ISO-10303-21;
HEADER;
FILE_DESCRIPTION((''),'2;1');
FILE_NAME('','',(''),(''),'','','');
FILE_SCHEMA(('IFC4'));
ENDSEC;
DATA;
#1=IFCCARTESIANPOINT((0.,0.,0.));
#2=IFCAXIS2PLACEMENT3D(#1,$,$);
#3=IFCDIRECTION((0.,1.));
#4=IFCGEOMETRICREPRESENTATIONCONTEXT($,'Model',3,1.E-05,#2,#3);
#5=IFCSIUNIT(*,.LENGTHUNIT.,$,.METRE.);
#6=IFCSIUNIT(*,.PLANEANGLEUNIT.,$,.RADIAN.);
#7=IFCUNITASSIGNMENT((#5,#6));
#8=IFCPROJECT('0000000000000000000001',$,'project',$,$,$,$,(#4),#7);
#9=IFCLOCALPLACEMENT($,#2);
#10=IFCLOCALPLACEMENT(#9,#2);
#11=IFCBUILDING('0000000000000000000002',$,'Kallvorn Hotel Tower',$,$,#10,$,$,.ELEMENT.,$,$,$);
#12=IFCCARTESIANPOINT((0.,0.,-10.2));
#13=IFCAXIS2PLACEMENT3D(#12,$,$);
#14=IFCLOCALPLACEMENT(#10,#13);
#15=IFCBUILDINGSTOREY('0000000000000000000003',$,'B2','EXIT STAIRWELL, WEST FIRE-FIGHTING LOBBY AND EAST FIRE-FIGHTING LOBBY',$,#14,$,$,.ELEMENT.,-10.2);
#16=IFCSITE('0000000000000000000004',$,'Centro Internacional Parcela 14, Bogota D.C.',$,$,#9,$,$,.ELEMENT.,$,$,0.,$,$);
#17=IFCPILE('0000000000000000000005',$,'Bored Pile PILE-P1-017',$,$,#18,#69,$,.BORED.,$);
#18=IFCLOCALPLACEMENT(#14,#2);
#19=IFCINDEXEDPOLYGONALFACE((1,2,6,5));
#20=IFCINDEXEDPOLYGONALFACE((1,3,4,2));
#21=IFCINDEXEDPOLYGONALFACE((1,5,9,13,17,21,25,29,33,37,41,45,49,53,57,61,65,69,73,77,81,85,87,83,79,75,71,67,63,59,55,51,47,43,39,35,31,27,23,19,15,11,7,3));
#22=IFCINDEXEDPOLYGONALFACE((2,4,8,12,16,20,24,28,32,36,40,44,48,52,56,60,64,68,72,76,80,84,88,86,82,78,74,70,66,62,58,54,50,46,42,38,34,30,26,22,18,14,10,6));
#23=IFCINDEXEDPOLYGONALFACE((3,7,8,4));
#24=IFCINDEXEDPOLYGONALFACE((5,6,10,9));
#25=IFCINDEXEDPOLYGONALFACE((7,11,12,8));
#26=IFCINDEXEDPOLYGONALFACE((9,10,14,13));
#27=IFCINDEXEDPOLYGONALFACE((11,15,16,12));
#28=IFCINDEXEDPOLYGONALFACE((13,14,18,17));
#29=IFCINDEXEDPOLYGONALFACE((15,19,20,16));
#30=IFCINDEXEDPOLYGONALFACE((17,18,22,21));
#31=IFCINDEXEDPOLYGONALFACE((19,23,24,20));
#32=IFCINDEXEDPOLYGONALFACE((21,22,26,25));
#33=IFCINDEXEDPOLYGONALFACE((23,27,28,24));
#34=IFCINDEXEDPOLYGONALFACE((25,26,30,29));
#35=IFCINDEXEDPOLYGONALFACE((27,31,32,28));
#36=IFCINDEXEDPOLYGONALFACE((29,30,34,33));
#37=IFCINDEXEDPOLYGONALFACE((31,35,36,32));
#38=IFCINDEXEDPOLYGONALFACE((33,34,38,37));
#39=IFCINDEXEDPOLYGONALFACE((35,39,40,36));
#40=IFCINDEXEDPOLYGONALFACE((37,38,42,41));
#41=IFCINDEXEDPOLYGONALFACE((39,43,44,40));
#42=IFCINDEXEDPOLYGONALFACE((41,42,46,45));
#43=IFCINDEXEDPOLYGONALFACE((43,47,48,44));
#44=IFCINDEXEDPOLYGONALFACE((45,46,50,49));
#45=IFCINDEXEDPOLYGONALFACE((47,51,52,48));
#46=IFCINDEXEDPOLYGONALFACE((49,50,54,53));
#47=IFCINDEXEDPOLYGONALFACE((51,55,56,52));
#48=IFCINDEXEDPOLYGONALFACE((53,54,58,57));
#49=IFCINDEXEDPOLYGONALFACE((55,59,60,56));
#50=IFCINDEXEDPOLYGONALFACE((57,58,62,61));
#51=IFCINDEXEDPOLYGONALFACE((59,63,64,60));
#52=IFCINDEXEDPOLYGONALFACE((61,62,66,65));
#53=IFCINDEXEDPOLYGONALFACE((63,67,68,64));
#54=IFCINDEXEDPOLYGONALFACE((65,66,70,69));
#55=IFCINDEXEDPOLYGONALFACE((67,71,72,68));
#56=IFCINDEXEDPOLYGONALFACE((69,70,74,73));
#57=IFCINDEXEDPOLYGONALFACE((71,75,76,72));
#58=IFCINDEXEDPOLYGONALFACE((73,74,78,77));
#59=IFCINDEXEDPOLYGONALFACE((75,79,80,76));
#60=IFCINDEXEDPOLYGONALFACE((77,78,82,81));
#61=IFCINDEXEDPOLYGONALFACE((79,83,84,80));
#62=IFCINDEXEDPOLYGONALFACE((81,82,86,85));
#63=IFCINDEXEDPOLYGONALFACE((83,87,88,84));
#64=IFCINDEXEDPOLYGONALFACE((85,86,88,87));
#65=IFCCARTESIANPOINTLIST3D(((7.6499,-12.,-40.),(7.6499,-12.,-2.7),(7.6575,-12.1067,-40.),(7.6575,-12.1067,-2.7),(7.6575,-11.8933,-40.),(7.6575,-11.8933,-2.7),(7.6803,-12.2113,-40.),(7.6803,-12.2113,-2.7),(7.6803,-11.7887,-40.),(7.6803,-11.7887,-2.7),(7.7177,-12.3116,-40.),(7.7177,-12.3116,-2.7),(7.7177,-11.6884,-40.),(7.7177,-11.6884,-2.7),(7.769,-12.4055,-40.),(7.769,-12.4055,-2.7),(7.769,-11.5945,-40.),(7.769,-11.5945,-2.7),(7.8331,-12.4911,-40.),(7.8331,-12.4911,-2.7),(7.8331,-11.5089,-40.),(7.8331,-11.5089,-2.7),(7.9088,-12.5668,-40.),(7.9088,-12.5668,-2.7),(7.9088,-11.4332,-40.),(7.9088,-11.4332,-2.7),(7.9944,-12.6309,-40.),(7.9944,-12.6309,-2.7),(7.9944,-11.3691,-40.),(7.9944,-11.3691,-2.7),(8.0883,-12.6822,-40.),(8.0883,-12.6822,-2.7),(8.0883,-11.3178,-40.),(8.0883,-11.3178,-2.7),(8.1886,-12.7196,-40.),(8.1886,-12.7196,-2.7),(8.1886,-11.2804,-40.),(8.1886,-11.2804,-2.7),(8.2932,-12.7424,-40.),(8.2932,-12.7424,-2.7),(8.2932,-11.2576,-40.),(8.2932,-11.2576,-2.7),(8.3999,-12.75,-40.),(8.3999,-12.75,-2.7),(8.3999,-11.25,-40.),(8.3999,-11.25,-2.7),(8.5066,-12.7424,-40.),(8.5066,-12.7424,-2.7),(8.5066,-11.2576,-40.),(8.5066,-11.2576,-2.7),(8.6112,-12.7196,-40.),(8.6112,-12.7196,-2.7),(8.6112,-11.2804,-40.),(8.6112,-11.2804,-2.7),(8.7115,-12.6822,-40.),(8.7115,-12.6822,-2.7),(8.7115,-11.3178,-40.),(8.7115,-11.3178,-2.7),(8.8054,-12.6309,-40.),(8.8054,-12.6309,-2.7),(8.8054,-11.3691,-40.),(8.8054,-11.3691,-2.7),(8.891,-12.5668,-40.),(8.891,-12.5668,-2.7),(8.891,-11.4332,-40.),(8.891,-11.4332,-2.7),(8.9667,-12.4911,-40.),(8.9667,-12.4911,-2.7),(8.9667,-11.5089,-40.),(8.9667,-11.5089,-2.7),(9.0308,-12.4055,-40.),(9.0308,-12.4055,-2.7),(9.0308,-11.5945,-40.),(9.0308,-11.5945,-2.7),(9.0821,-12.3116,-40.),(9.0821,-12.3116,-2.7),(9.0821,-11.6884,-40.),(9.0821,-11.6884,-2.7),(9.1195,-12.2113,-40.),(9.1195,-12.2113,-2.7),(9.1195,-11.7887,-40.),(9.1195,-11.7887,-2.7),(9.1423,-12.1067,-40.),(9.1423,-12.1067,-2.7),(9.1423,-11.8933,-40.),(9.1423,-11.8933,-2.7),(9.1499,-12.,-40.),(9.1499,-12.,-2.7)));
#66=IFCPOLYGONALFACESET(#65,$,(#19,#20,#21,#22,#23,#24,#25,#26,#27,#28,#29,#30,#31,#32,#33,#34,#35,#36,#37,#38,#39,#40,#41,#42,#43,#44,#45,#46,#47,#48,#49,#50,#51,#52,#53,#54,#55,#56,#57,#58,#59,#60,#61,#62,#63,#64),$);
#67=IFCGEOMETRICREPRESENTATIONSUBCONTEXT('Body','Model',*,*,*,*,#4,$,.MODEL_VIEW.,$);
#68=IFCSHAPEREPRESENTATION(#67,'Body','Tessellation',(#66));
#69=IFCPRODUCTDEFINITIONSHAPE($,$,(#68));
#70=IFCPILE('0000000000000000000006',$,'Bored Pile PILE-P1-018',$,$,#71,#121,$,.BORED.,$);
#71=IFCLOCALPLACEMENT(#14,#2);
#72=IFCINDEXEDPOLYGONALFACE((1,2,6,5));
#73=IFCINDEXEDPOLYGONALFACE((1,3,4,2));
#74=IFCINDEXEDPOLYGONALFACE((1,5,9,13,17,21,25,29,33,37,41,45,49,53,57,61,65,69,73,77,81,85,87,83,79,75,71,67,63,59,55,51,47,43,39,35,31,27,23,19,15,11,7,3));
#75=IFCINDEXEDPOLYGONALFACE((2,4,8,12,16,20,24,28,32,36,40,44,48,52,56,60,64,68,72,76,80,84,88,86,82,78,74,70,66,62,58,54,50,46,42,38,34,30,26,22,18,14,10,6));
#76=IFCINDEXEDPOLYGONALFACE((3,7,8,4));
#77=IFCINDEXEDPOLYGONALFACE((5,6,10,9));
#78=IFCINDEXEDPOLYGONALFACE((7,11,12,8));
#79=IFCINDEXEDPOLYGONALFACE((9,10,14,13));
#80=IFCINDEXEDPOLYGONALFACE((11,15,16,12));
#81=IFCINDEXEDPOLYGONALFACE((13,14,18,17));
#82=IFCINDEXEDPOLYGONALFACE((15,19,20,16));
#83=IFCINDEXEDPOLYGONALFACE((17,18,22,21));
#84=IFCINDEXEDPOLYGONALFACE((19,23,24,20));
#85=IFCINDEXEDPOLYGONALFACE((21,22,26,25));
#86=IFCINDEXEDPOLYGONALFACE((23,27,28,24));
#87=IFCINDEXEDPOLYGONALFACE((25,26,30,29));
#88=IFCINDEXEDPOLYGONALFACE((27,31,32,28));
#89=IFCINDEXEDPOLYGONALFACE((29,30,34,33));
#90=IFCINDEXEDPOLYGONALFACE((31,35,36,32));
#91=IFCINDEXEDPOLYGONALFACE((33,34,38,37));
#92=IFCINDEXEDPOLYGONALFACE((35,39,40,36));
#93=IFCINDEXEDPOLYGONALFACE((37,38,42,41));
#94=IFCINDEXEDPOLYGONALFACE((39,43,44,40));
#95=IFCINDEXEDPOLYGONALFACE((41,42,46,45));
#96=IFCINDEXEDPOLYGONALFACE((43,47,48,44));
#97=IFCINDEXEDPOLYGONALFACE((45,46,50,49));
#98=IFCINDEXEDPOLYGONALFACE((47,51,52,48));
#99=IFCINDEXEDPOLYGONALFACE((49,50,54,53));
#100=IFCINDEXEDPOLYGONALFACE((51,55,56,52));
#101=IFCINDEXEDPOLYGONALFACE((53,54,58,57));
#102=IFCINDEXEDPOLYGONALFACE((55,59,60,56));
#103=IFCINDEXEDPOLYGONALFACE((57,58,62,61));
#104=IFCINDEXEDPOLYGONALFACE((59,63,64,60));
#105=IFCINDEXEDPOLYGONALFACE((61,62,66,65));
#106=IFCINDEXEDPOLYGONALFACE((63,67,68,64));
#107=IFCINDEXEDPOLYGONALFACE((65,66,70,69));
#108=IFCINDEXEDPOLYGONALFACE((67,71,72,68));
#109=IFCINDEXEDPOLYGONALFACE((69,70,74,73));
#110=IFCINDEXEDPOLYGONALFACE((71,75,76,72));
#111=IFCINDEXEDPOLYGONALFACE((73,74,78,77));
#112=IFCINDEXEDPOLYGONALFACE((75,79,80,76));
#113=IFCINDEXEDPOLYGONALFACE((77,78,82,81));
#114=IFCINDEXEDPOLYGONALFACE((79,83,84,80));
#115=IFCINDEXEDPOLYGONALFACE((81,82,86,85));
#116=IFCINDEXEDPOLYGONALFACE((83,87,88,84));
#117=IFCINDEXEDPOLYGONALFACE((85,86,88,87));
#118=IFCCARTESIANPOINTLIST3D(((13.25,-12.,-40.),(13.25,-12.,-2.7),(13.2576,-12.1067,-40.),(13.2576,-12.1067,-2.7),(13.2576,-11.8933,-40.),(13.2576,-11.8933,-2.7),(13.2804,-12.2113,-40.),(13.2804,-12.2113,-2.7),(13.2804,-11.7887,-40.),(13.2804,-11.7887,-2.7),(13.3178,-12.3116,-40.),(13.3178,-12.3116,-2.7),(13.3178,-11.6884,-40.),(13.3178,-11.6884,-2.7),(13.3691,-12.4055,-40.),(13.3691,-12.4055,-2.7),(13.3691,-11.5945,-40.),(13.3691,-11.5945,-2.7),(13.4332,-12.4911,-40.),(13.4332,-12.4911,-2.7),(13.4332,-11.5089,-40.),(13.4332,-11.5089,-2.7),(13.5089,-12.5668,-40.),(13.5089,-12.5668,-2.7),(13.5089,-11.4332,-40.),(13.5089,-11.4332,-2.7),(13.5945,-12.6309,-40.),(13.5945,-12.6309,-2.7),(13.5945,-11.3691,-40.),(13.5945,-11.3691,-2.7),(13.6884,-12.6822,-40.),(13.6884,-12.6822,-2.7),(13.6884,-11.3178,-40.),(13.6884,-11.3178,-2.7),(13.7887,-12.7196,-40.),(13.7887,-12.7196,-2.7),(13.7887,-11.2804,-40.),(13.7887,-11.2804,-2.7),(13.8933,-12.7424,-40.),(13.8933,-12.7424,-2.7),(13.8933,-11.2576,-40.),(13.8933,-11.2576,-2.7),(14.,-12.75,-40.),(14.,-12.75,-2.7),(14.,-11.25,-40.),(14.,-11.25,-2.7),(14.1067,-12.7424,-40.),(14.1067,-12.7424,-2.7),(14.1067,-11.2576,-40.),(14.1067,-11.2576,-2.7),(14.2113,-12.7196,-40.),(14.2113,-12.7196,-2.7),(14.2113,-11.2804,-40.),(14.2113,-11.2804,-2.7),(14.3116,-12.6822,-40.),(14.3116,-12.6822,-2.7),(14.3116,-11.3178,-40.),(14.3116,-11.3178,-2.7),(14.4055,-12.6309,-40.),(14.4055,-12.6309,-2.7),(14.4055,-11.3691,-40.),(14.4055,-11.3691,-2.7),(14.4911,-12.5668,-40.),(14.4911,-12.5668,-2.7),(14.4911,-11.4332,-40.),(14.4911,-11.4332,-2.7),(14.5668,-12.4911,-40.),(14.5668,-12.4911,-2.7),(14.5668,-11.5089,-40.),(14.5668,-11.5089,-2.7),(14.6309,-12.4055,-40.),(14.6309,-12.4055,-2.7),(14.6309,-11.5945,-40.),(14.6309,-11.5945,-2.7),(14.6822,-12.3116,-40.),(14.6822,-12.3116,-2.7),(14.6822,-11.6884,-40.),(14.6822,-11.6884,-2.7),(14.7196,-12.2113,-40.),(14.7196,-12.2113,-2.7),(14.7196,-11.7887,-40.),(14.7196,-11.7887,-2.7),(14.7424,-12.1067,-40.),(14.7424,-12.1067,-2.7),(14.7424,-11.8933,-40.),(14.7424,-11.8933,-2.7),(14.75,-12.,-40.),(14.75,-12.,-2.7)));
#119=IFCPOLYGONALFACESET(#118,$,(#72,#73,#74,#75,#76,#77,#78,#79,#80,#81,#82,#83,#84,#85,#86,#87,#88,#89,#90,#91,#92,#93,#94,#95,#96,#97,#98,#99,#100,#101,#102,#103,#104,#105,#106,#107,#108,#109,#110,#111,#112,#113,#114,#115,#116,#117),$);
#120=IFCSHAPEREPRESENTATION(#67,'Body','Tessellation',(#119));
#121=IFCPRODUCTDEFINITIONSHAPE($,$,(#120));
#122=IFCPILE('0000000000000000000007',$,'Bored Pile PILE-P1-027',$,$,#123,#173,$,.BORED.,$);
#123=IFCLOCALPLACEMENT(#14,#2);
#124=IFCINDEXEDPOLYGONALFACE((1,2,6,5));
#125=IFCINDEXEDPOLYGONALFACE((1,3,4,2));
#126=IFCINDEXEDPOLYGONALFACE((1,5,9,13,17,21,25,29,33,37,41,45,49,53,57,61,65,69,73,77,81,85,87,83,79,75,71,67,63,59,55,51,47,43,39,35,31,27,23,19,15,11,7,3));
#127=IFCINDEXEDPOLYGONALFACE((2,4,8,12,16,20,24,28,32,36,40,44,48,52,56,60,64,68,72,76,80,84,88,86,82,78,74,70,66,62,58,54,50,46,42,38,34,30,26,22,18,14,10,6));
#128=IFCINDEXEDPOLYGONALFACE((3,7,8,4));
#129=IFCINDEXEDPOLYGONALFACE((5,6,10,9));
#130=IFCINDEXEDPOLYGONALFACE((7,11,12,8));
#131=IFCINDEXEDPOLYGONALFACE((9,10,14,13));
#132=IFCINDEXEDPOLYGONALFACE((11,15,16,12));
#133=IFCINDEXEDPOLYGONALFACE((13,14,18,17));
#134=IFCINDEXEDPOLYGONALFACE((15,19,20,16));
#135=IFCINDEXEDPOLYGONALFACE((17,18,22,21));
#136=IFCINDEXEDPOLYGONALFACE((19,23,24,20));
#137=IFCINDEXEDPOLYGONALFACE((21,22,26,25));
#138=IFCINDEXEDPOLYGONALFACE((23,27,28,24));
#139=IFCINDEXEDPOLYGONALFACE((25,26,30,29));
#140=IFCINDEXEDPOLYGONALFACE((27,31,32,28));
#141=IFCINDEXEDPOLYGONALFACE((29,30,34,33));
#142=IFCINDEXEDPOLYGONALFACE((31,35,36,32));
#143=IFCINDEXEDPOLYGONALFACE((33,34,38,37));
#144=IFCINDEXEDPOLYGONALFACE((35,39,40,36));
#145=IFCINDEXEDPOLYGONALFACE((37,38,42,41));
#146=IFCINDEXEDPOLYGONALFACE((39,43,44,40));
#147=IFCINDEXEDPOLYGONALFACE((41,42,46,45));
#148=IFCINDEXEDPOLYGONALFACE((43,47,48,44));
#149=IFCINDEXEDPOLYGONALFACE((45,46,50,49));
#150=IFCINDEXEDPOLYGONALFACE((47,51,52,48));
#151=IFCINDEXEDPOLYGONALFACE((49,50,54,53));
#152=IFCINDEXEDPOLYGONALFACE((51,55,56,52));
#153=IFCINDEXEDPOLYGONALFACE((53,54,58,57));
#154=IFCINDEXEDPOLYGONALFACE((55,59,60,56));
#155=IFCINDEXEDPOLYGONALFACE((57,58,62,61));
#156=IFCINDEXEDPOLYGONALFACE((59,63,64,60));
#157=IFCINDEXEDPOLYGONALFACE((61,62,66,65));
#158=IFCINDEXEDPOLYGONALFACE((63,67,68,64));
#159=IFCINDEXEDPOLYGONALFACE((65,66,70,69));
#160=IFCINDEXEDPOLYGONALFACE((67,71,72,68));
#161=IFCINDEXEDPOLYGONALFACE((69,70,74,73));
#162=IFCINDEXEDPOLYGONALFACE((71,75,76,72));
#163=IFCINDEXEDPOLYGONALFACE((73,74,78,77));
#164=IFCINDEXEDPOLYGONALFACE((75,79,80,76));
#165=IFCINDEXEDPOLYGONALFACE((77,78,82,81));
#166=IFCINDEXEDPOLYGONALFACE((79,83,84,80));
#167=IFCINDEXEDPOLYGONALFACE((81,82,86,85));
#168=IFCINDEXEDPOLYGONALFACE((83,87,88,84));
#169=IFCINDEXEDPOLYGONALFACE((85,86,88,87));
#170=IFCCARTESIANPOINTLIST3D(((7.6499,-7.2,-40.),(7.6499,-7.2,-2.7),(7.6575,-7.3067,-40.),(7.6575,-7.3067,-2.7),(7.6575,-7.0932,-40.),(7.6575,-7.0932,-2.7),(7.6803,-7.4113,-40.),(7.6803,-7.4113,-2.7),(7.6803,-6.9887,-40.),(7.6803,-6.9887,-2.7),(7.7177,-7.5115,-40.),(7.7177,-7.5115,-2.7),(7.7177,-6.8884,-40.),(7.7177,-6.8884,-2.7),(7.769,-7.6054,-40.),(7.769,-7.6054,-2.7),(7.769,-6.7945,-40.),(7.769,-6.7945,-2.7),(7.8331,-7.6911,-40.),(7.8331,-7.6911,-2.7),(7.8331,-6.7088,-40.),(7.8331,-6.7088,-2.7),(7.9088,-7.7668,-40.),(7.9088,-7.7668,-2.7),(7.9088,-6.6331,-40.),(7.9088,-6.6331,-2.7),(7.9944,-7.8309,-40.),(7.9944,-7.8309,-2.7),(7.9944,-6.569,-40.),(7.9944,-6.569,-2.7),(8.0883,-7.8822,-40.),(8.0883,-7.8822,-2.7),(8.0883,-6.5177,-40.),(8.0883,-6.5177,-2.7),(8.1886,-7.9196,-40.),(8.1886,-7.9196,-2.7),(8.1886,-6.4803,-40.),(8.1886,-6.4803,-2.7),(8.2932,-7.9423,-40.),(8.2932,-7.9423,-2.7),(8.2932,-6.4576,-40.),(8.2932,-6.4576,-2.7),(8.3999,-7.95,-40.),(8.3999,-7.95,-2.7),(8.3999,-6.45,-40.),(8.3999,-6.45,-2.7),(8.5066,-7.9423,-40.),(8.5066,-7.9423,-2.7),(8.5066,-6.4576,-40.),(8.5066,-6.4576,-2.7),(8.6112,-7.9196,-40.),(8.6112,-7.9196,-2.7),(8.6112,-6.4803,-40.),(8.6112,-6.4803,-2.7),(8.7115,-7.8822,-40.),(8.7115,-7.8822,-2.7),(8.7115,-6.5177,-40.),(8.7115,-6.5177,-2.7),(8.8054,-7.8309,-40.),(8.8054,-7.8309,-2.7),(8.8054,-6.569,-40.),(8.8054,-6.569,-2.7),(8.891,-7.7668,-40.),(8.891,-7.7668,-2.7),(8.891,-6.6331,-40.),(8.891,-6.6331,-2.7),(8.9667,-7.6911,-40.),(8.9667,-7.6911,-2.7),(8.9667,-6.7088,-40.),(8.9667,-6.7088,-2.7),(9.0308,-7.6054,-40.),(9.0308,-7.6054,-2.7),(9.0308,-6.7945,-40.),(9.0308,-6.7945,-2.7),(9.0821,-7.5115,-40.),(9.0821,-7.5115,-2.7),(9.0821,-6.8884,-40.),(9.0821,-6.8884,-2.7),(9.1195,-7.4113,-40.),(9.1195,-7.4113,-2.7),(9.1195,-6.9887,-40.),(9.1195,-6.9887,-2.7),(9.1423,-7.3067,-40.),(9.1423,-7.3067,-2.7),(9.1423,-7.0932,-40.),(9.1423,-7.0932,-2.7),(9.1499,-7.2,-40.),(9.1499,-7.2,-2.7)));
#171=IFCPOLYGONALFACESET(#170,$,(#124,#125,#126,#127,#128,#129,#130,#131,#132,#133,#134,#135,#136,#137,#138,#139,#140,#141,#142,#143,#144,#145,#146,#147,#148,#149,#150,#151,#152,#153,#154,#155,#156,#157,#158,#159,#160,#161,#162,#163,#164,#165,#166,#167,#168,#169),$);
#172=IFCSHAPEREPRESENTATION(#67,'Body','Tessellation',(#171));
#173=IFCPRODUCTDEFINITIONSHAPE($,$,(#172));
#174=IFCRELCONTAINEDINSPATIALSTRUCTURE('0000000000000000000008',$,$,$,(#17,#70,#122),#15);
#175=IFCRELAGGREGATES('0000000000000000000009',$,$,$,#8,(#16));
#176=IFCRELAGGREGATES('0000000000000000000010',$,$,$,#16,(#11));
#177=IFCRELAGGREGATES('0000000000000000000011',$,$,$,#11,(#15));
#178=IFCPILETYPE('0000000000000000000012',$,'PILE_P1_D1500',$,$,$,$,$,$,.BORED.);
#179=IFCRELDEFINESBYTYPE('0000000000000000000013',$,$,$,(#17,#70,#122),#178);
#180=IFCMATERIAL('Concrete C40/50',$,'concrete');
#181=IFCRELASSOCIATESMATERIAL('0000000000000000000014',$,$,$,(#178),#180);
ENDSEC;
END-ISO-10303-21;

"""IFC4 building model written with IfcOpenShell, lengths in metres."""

from ifc_helpers import new_model, si_unit, direction, frame, origin, origin_2d, place, context, subcontext, project, spatial, circle, extrude, material, material_profile, profile_set, type_object, element, save


model = new_model("IFC4")

# Units and contexts
model_context = context("Model", 3, precision=1e-05, world=origin(), true_north=direction((0.0, 1.0)))
body_context = subcontext(model_context, "Body", "Model", "MODEL_VIEW")
ifc_project = project(units=[si_unit("LENGTHUNIT", "METRE"), si_unit("PLANEANGLEUNIT", "RADIAN")], contexts=[model_context])

# Site, building, storey
site_placement = place(None, origin())
site = spatial("IfcSite", under=ifc_project, at=site_placement, Name="Centro Internacional Parcela 14, Bogota D.C.", CompositionType="ELEMENT", RefElevation=0.0)
building_placement = place(site_placement, origin())
building = spatial("IfcBuilding", under=site, at=building_placement, Name="Kallvorn Hotel Tower", CompositionType="ELEMENT")
storey_placement = place(building_placement, frame((0.0, 0.0, -10.2)))
storey = spatial("IfcBuildingStorey", under=building, at=storey_placement, Name="B2", Description="EXIT STAIRWELL, WEST FIRE-FIGHTING LOBBY AND EAST FIRE-FIGHTING LOBBY", CompositionType="ELEMENT", Elevation=-10.2)

# Piles
ifc_material_1 = material(Name="Concrete C40/50", Category="concrete")
ifc_material_profile_1 = material_profile(ifc_material_1, circle(Radius=0.75, at=origin_2d()), Name="PILE D1500")
ifc_profile_set_1 = profile_set([ifc_material_profile_1], Name="Concrete C40/50")
pile_type = type_object("IfcPileType", Name="PILE_P1_D1500", PredefinedType="BORED", material=ifc_profile_set_1)
for number, where, z_axis, x_axis, name in (
    (1, (8.3999, -12.0, -2.7), (0.0, 0.0, -1.0), (1.0, 0.0, 0.0), "Bored Pile PILE-P1-017"),
    (2, (14.0, -12.0, -2.7), (0.0, 0.0, -1.0), (1.0, 0.0, 0.0), "Bored Pile PILE-P1-018"),
    (3, (8.3999, -7.2, -2.7), (0.0, 0.0, -1.0), (1.0, 0.0, 0.0), "Bored Pile PILE-P1-027"),
):
    element("IfcPile", number, at=place(storey_placement, frame(where, z_axis=z_axis, x_axis=x_axis)), inside=storey, type_object=pile_type, Name=name, PredefinedType="BORED", context=body_context, shape_type="SweptSolid", body=[
        extrude(circle(Radius=0.75, at=origin_2d()), origin(), (0.0, 0.0, 1.0), 37.3),
    ])

save(model, "model.ifc")
